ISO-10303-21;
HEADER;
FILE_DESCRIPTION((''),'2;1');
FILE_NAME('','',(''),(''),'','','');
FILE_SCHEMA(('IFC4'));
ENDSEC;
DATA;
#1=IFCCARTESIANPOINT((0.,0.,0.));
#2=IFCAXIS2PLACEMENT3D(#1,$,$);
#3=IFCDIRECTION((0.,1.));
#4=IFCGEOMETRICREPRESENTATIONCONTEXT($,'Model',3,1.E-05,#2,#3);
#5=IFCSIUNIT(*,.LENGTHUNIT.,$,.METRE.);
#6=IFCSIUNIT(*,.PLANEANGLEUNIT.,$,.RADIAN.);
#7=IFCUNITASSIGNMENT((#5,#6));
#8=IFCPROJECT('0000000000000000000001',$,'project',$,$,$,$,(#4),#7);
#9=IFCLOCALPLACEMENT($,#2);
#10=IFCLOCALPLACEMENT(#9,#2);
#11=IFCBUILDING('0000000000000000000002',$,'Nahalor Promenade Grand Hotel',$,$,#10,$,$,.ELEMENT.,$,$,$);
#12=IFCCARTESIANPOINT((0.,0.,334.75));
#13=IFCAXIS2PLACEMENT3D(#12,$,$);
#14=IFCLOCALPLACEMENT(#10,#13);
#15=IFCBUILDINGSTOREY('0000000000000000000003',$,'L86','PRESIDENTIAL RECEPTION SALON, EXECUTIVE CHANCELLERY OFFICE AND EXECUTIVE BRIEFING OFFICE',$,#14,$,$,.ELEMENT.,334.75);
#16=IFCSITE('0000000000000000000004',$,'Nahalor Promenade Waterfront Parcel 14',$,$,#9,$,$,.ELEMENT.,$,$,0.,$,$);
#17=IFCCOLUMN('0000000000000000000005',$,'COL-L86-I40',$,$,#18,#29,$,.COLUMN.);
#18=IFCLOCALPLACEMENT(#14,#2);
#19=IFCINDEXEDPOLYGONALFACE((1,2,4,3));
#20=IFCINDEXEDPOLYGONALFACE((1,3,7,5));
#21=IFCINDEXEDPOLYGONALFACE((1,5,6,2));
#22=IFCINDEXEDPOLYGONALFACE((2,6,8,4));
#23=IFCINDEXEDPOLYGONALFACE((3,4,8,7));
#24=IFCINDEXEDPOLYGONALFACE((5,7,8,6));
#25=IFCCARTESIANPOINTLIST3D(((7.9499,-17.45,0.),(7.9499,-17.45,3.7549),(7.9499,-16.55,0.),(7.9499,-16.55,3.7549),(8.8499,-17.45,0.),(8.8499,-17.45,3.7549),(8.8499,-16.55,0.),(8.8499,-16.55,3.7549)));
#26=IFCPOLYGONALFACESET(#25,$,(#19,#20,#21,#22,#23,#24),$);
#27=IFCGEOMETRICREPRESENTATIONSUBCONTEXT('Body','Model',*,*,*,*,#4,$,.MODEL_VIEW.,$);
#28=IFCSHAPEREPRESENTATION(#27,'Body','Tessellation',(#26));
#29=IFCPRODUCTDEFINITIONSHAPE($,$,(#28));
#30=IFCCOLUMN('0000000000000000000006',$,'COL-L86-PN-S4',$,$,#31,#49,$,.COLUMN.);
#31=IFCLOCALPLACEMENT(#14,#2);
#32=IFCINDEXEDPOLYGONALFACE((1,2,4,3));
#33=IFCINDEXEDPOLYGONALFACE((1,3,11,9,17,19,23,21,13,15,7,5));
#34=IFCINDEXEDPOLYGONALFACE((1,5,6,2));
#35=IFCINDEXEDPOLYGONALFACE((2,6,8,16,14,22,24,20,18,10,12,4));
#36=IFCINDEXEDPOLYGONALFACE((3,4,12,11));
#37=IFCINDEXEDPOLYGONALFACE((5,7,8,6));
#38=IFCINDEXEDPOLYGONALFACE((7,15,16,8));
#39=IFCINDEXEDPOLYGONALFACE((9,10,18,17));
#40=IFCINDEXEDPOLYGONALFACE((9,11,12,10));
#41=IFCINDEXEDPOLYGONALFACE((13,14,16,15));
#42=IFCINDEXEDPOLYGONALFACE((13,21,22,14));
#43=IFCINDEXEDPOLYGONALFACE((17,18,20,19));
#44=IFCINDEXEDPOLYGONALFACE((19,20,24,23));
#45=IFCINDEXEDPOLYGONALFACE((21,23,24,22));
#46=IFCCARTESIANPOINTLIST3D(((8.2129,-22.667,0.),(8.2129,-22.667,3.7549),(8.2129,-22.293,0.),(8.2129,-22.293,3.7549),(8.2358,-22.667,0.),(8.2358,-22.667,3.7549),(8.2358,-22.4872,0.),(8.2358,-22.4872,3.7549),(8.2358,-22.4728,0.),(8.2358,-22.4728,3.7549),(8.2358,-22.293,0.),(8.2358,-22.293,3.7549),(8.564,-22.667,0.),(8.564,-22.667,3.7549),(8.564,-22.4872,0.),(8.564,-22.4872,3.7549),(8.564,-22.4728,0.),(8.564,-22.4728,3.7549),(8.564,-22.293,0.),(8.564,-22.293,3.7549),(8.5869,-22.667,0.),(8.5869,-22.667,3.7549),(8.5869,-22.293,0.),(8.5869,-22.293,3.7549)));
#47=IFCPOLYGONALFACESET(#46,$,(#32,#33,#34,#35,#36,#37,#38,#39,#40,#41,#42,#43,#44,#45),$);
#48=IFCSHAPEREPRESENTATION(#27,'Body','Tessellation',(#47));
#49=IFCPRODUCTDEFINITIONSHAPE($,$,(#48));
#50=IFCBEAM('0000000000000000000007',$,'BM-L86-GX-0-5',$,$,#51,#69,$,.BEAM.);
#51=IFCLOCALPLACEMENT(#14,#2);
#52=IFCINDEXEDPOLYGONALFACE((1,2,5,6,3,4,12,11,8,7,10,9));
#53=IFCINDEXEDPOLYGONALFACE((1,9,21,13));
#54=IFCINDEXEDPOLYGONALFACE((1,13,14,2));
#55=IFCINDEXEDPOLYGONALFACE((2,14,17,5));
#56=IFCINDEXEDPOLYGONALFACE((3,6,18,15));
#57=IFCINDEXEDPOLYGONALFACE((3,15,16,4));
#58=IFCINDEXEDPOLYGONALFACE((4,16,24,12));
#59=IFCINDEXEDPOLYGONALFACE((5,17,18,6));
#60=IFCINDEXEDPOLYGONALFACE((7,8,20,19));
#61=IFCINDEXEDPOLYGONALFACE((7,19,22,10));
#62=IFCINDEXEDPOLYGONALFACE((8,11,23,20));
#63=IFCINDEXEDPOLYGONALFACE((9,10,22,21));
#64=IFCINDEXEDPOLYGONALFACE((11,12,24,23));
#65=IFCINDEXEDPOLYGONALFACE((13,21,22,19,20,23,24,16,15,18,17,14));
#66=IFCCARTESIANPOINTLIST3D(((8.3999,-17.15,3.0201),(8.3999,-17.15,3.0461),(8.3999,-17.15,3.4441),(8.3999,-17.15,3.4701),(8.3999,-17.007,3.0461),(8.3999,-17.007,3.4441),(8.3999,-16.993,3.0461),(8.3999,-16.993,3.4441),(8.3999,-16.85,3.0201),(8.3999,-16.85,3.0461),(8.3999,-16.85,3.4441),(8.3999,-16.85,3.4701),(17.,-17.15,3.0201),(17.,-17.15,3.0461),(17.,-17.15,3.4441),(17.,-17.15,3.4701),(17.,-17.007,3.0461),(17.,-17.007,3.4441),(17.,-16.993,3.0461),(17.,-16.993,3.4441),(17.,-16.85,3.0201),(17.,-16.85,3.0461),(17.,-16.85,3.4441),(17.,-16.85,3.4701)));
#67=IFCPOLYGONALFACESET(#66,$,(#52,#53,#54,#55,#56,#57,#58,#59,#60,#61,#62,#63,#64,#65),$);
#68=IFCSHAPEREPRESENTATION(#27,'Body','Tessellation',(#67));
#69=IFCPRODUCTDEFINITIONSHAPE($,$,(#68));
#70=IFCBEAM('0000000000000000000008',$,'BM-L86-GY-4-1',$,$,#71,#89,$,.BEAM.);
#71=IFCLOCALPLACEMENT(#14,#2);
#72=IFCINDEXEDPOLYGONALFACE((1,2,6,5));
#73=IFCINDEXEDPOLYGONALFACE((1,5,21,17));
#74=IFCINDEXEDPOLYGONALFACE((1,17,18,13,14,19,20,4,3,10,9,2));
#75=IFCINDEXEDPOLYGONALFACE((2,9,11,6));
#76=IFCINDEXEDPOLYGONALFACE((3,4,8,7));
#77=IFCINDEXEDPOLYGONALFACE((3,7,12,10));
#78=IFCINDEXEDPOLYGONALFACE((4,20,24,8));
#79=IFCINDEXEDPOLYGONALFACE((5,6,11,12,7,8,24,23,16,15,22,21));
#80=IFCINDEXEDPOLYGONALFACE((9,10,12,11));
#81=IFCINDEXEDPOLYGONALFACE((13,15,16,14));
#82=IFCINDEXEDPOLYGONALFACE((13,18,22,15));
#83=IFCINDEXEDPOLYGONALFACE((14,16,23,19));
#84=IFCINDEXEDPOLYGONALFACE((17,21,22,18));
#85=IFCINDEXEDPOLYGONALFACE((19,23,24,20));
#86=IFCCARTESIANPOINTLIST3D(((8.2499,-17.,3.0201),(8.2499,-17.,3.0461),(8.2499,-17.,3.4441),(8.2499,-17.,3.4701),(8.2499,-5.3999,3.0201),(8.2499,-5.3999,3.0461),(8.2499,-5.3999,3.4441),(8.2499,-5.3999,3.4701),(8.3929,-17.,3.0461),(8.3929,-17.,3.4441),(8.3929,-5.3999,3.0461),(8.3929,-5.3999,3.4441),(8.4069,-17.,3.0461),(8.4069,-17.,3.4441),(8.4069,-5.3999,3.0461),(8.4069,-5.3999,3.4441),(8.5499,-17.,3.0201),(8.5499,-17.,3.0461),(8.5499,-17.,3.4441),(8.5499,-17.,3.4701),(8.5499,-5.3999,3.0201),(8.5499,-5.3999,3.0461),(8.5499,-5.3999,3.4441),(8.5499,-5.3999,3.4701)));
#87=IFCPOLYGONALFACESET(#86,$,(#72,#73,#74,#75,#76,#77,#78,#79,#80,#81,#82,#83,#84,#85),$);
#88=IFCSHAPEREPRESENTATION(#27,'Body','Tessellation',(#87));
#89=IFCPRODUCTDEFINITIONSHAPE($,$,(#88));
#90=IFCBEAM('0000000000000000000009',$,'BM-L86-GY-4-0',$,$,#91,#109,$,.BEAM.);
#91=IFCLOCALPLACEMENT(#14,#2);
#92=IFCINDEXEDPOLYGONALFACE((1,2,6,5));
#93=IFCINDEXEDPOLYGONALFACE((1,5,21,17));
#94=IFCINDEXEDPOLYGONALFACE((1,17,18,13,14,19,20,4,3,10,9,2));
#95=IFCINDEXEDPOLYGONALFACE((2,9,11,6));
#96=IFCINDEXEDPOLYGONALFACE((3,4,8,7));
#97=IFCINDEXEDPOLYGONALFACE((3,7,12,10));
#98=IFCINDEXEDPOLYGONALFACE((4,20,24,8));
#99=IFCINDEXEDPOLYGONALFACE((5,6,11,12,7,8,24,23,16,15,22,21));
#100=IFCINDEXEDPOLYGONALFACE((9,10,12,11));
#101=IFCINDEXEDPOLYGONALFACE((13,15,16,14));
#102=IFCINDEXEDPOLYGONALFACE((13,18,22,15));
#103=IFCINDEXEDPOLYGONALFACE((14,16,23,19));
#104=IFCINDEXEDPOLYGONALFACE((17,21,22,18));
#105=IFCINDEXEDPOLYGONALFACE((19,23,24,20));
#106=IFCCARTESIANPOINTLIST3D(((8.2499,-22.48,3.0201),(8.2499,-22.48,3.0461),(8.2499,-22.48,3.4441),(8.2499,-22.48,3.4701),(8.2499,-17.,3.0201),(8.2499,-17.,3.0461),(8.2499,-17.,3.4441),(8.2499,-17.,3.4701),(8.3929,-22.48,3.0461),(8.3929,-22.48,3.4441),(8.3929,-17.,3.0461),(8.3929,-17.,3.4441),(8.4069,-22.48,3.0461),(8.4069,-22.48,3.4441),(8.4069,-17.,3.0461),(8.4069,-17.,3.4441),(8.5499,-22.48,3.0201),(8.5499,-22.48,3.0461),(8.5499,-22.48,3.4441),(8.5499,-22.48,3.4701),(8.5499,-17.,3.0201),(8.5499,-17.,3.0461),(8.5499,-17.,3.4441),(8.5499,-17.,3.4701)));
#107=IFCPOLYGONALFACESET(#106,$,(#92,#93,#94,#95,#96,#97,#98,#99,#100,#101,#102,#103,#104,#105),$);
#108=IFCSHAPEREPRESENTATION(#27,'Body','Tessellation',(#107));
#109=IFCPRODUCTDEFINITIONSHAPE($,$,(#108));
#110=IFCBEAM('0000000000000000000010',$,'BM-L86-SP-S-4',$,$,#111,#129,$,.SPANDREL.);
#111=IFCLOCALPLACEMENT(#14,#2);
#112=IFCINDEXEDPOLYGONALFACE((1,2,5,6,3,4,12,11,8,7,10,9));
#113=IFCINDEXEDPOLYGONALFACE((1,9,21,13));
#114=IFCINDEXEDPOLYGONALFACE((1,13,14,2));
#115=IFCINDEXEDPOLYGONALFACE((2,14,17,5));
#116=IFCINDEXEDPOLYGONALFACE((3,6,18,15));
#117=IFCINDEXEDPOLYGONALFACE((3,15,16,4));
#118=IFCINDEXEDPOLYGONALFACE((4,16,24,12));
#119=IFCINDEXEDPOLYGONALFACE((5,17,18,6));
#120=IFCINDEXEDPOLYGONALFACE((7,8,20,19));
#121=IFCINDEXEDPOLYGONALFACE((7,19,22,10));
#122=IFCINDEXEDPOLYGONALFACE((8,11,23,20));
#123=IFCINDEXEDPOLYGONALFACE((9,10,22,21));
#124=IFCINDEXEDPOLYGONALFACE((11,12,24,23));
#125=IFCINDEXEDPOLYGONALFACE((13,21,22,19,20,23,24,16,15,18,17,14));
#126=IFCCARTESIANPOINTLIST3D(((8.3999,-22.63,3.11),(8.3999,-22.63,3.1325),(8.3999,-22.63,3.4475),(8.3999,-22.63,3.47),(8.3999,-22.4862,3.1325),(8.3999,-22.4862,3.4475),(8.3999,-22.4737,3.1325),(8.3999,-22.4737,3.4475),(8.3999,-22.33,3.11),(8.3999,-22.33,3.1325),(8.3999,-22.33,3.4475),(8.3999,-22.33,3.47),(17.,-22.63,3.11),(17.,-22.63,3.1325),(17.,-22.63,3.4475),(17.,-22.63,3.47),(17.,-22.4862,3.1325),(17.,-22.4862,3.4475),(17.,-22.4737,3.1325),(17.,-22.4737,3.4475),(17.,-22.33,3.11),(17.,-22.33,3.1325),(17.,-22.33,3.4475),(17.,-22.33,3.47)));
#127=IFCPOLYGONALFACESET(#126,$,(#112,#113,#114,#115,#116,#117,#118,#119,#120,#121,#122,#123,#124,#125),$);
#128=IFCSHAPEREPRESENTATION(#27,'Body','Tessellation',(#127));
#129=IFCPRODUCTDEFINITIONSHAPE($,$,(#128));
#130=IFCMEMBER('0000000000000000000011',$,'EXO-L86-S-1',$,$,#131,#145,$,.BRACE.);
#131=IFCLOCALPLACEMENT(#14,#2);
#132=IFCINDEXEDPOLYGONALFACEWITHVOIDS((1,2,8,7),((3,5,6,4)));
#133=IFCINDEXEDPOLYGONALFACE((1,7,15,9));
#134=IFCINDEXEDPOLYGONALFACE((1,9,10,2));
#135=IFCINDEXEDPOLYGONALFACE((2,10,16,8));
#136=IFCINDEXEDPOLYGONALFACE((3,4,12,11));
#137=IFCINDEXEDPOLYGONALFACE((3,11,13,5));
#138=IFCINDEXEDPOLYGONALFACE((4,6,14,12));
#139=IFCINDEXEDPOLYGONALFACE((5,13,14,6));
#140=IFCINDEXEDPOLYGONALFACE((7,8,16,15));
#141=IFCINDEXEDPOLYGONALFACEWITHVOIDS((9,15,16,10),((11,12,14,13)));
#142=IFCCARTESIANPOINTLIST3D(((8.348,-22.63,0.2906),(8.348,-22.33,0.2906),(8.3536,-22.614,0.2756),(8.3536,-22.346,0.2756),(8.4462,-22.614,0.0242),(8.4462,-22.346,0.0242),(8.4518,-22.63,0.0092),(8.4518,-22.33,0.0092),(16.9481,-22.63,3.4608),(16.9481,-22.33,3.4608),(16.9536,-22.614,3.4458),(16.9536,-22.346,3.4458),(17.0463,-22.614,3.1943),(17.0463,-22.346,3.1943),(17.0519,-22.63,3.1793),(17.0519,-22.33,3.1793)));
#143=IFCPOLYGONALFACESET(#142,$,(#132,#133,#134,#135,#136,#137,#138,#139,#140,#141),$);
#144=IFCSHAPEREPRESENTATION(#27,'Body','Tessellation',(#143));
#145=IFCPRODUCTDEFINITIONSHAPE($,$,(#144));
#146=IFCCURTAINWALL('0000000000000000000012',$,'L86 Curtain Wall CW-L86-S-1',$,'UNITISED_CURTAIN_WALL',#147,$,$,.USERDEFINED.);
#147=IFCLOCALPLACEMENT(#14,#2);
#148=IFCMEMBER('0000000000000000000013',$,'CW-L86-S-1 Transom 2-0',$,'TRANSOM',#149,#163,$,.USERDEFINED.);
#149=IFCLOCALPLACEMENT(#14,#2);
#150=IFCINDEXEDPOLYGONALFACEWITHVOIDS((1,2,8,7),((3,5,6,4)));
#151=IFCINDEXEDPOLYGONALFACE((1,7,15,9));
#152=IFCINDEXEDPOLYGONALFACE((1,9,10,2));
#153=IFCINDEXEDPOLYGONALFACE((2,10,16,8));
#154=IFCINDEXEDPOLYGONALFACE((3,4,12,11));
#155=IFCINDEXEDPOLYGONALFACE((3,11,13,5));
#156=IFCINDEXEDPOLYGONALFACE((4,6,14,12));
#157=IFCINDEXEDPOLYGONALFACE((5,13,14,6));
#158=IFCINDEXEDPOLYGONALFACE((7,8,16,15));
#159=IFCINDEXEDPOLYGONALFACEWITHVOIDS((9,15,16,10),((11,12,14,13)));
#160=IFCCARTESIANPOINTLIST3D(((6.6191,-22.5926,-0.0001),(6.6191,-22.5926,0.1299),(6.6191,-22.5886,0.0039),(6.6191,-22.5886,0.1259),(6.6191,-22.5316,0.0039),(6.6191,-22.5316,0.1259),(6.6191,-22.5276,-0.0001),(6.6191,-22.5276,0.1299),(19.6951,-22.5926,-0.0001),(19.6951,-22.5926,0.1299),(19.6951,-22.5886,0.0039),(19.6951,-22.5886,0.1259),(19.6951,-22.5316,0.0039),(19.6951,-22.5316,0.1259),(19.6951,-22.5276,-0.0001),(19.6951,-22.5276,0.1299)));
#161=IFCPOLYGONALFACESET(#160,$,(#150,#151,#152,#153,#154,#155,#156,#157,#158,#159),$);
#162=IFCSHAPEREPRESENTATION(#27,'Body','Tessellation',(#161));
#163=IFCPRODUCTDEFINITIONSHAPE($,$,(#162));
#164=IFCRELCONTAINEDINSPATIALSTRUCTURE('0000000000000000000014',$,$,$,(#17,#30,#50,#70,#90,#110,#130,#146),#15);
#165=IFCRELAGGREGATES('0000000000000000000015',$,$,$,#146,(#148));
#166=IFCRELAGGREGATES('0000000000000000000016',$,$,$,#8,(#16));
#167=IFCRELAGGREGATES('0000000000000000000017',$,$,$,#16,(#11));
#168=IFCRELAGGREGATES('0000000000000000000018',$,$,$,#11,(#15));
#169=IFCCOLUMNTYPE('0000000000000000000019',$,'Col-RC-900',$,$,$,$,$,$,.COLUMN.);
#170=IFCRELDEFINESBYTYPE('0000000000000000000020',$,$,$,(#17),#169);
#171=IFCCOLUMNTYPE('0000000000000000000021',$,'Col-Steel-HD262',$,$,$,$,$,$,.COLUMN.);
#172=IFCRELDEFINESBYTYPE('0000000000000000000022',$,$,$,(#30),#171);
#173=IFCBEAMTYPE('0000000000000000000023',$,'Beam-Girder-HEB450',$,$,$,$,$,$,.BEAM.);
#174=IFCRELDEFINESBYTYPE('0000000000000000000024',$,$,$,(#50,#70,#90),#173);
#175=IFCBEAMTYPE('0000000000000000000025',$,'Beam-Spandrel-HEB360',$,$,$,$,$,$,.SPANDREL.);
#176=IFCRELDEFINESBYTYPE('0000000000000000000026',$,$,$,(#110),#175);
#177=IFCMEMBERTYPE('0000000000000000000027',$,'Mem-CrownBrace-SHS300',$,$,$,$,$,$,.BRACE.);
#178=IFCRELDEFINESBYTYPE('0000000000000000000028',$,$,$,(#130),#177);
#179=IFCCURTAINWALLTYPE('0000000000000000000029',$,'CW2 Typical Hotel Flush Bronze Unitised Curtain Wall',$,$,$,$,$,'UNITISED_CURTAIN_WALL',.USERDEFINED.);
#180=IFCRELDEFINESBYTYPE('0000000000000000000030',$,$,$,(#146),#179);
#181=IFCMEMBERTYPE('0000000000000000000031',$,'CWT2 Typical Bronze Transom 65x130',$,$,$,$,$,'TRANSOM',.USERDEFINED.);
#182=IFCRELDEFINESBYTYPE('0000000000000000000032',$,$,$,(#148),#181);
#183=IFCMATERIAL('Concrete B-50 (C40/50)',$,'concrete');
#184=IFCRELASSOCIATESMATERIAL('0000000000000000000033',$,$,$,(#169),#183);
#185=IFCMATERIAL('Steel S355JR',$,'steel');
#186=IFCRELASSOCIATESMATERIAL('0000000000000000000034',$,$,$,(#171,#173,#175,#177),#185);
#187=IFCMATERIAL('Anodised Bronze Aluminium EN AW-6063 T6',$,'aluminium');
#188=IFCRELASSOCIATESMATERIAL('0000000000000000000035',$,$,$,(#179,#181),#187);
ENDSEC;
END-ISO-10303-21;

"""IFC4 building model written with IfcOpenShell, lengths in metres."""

from ifc_helpers import new_model, si_unit, direction, frame, origin, origin_2d, place, context, subcontext, project, spatial, rectangle, hollow_rectangle, i_section, extrude, source, transform, mapped, material, material_profile, profile_set, type_object, element, aggregate, save


model = new_model("IFC4")

# Units and contexts
model_context = context("Model", 3, precision=1e-05, world=origin(), true_north=direction((0.0, 1.0)))
body_context = subcontext(model_context, "Body", "Model", "MODEL_VIEW")
ifc_project = project(units=[si_unit("LENGTHUNIT", "METRE"), si_unit("PLANEANGLEUNIT", "RADIAN")], contexts=[model_context])

# Site, building, storey
site_placement = place(None, origin())
site = spatial("IfcSite", under=ifc_project, at=site_placement, Name="Nahalor Promenade Waterfront Parcel 14", CompositionType="ELEMENT", RefElevation=0.0)
building_placement = place(site_placement, origin())
building = spatial("IfcBuilding", under=site, at=building_placement, Name="Nahalor Promenade Grand Hotel", CompositionType="ELEMENT")
storey_placement = place(building_placement, frame((0.0, 0.0, 334.75)))
storey = spatial("IfcBuildingStorey", under=building, at=storey_placement, Name="L86", Description="PRESIDENTIAL RECEPTION SALON, EXECUTIVE CHANCELLERY OFFICE AND EXECUTIVE BRIEFING OFFICE", CompositionType="ELEMENT", Elevation=334.75)

# Columns
ifc_material_1 = material(Name="Concrete B-50 (C40/50)", Category="concrete")
ifc_material_profile_1 = material_profile(ifc_material_1, rectangle(XDim=0.9, YDim=0.9, at=origin_2d()), Name="RC 900x900")
ifc_profile_set_1 = profile_set([ifc_material_profile_1], Name="Concrete B-50 (C40/50)")
column_type_1 = type_object("IfcColumnType", Name="Col-RC-900", PredefinedType="COLUMN", material=ifc_profile_set_1)
shared_shape_1 = source(origin(), body_context, "Body", "SweptSolid", [
    extrude(rectangle(XDim=0.9, YDim=0.9, at=origin_2d()), origin(), (0.0, 0.0, 1.0), 3.7549),
])
column_1_placement = place(storey_placement, frame((8.3999, -17.0, 0.0), z_axis=(0.0, 0.0, 1.0), x_axis=(1.0, 0.0, 0.0)))
element("IfcColumn", 1, at=column_1_placement, inside=storey, type_object=column_type_1, Name="COL-L86-I40", PredefinedType="COLUMN", context=body_context, shape_type="MappedRepresentation", body=[
    mapped(shared_shape_1, transform((0.0, 0.0, 0.0), scale=1.0)),
])
ifc_material_2 = material(Name="Steel S355JR", Category="steel")
ifc_material_profile_2 = material_profile(ifc_material_2, i_section(OverallWidth=0.374, OverallDepth=0.374, WebThickness=0.0144, FlangeThickness=0.0229, at=origin_2d()), Name="HD 360x262")
ifc_profile_set_2 = profile_set([ifc_material_profile_2], Name="Steel S355JR")
column_type_2 = type_object("IfcColumnType", Name="Col-Steel-HD262", PredefinedType="COLUMN", material=ifc_profile_set_2)
shared_shape_2 = source(origin(), body_context, "Body", "SweptSolid", [
    extrude(i_section(OverallWidth=0.374, OverallDepth=0.374, WebThickness=0.0144, FlangeThickness=0.0229, at=origin_2d()), origin(), (0.0, 0.0, 1.0), 3.7549),
])
column_2_placement = place(storey_placement, frame((8.3999, -22.48, 0.0), z_axis=(0.0, 0.0, 1.0), x_axis=(0.0, 1.0, 0.0)))
element("IfcColumn", 2, at=column_2_placement, inside=storey, type_object=column_type_2, Name="COL-L86-PN-S4", PredefinedType="COLUMN", context=body_context, shape_type="MappedRepresentation", body=[
    mapped(shared_shape_2, transform((0.0, 0.0, 0.0), scale=1.0)),
])

# Beams
ifc_material_profile_3 = material_profile(ifc_material_2, i_section(OverallWidth=0.3, OverallDepth=0.45, WebThickness=0.014, FlangeThickness=0.026, at=origin_2d()), Name="HEB 450")
ifc_profile_set_3 = profile_set([ifc_material_profile_3], Name="Steel S355JR")
beam_type_1 = type_object("IfcBeamType", Name="Beam-Girder-HEB450", PredefinedType="BEAM", material=ifc_profile_set_3)
shared_shape_3 = source(origin(), body_context, "Body", "SweptSolid", [
    extrude(i_section(OverallWidth=0.3, OverallDepth=0.45, WebThickness=0.014, FlangeThickness=0.026, at=origin_2d()), origin(), (0.0, 0.0, 1.0), 8.6001),
])
beam_1_placement = place(storey_placement, frame((8.3999, -17.0, 3.2451), z_axis=(1.0, 0.0, 0.0), x_axis=(0.0, 1.0, 0.0)))
element("IfcBeam", 3, at=beam_1_placement, inside=storey, type_object=beam_type_1, Name="BM-L86-GX-0-5", PredefinedType="BEAM", context=body_context, shape_type="MappedRepresentation", body=[
    mapped(shared_shape_3, transform((0.0, 0.0, 0.0), scale=1.0)),
])
shared_shape_4 = source(origin(), body_context, "Body", "SweptSolid", [
    extrude(i_section(OverallWidth=0.3, OverallDepth=0.45, WebThickness=0.014, FlangeThickness=0.026, at=origin_2d()), origin(), (0.0, 0.0, 1.0), 11.6001),
])
beam_2_placement = place(storey_placement, frame((8.3999, -17.0, 3.2451), z_axis=(0.0, 1.0, 0.0), x_axis=(-1.0, 0.0, 0.0)))
element("IfcBeam", 4, at=beam_2_placement, inside=storey, type_object=beam_type_1, Name="BM-L86-GY-4-1", PredefinedType="BEAM", context=body_context, shape_type="MappedRepresentation", body=[
    mapped(shared_shape_4, transform((0.0, 0.0, 0.0), scale=1.0)),
])
shared_shape_5 = source(origin(), body_context, "Body", "SweptSolid", [
    extrude(i_section(OverallWidth=0.3, OverallDepth=0.45, WebThickness=0.014, FlangeThickness=0.026, at=origin_2d()), origin(), (0.0, 0.0, 1.0), 5.48),
])
beam_3_placement = place(storey_placement, frame((8.3999, -22.48, 3.2451), z_axis=(0.0, 1.0, 0.0), x_axis=(-1.0, 0.0, 0.0)))
element("IfcBeam", 5, at=beam_3_placement, inside=storey, type_object=beam_type_1, Name="BM-L86-GY-4-0", PredefinedType="BEAM", context=body_context, shape_type="MappedRepresentation", body=[
    mapped(shared_shape_5, transform((0.0, 0.0, 0.0), scale=1.0)),
])
ifc_material_profile_4 = material_profile(ifc_material_2, i_section(OverallWidth=0.3, OverallDepth=0.36, WebThickness=0.0125, FlangeThickness=0.0225, at=origin_2d()), Name="HEB 360")
ifc_profile_set_4 = profile_set([ifc_material_profile_4], Name="Steel S355JR")
beam_type_2 = type_object("IfcBeamType", Name="Beam-Spandrel-HEB360", PredefinedType="SPANDREL", material=ifc_profile_set_4)
shared_shape_6 = source(origin(), body_context, "Body", "SweptSolid", [
    extrude(i_section(OverallWidth=0.3, OverallDepth=0.36, WebThickness=0.0125, FlangeThickness=0.0225, at=origin_2d()), origin(), (0.0, 0.0, 1.0), 8.6001),
])
beam_4_placement = place(storey_placement, frame((8.3999, -22.48, 3.29), z_axis=(1.0, 0.0, 0.0), x_axis=(0.0, 1.0, 0.0)))
element("IfcBeam", 6, at=beam_4_placement, inside=storey, type_object=beam_type_2, Name="BM-L86-SP-S-4", PredefinedType="SPANDREL", context=body_context, shape_type="MappedRepresentation", body=[
    mapped(shared_shape_6, transform((0.0, 0.0, 0.0), scale=1.0)),
])

# Member
ifc_material_profile_5 = material_profile(ifc_material_2, hollow_rectangle(XDim=0.3, YDim=0.3, WallThickness=0.016, at=origin_2d()), Name="SHS 300x300x16")
ifc_profile_set_5 = profile_set([ifc_material_profile_5], Name="Steel S355JR")
member_type_1 = type_object("IfcMemberType", Name="Mem-CrownBrace-SHS300", PredefinedType="BRACE", material=ifc_profile_set_5)
shared_shape_7 = source(origin(), body_context, "Body", "SweptSolid", [
    extrude(hollow_rectangle(XDim=0.3, YDim=0.3, WallThickness=0.016, at=origin_2d()), origin(), (0.0, 0.0, 1.0), 9.1658),
])
member_1_placement = place(storey_placement, frame((8.3999, -22.48, 0.1499), z_axis=(0.938283, 0.0, 0.34587), x_axis=(0.0, 1.0, 0.0)))
element("IfcMember", 7, at=member_1_placement, inside=storey, type_object=member_type_1, Name="EXO-L86-S-1", PredefinedType="BRACE", context=body_context, shape_type="MappedRepresentation", body=[
    mapped(shared_shape_7, transform((0.0, 0.0, 0.0), scale=1.0)),
])

# Curtain wall, member
ifc_material_3 = material(Name="Anodised Bronze Aluminium EN AW-6063 T6", Category="aluminium")
curtain_wall_type = type_object("IfcCurtainWallType", Name="CW2 Typical Hotel Flush Bronze Unitised Curtain Wall", ElementType="UNITISED_CURTAIN_WALL", PredefinedType="USERDEFINED", material=ifc_material_3)
curtain_wall_placement = place(storey_placement, origin())
curtain_wall = element("IfcCurtainWall", 8, at=curtain_wall_placement, inside=storey, type_object=curtain_wall_type, Name="L86 Curtain Wall CW-L86-S-1", ObjectType="UNITISED_CURTAIN_WALL", PredefinedType="USERDEFINED")
ifc_material_profile_6 = material_profile(ifc_material_3, hollow_rectangle(XDim=0.065, YDim=0.13, WallThickness=0.004, at=origin_2d()), Name="CWT 65x130x4")
ifc_profile_set_6 = profile_set([ifc_material_profile_6], Name="Anodised Bronze Aluminium EN AW-6063 T6")
member_type_2 = type_object("IfcMemberType", Name="CWT2 Typical Bronze Transom 65x130", ElementType="TRANSOM", PredefinedType="USERDEFINED", material=ifc_profile_set_6)
shared_shape_8 = source(origin(), body_context, "Body", "SweptSolid", [
    extrude(hollow_rectangle(XDim=0.065, YDim=0.13, WallThickness=0.004, at=origin_2d()), origin(), (0.0, 0.0, 1.0), 13.0759),
])
member_2_placement = place(storey_placement, frame((6.6191, -22.5601, 0.0649), z_axis=(1.0, 0.0, 0.0), x_axis=(0.0, 1.0, 0.0)))
member_2 = element("IfcMember", 9, at=member_2_placement, type_object=member_type_2, Name="CW-L86-S-1 Transom 2-0", ObjectType="TRANSOM", PredefinedType="USERDEFINED", context=body_context, shape_type="MappedRepresentation", body=[
    mapped(shared_shape_8, transform((0.0, 0.0, 0.0), scale=1.0)),
])
aggregate(curtain_wall, [member_2])

save(model, "model.ifc")
